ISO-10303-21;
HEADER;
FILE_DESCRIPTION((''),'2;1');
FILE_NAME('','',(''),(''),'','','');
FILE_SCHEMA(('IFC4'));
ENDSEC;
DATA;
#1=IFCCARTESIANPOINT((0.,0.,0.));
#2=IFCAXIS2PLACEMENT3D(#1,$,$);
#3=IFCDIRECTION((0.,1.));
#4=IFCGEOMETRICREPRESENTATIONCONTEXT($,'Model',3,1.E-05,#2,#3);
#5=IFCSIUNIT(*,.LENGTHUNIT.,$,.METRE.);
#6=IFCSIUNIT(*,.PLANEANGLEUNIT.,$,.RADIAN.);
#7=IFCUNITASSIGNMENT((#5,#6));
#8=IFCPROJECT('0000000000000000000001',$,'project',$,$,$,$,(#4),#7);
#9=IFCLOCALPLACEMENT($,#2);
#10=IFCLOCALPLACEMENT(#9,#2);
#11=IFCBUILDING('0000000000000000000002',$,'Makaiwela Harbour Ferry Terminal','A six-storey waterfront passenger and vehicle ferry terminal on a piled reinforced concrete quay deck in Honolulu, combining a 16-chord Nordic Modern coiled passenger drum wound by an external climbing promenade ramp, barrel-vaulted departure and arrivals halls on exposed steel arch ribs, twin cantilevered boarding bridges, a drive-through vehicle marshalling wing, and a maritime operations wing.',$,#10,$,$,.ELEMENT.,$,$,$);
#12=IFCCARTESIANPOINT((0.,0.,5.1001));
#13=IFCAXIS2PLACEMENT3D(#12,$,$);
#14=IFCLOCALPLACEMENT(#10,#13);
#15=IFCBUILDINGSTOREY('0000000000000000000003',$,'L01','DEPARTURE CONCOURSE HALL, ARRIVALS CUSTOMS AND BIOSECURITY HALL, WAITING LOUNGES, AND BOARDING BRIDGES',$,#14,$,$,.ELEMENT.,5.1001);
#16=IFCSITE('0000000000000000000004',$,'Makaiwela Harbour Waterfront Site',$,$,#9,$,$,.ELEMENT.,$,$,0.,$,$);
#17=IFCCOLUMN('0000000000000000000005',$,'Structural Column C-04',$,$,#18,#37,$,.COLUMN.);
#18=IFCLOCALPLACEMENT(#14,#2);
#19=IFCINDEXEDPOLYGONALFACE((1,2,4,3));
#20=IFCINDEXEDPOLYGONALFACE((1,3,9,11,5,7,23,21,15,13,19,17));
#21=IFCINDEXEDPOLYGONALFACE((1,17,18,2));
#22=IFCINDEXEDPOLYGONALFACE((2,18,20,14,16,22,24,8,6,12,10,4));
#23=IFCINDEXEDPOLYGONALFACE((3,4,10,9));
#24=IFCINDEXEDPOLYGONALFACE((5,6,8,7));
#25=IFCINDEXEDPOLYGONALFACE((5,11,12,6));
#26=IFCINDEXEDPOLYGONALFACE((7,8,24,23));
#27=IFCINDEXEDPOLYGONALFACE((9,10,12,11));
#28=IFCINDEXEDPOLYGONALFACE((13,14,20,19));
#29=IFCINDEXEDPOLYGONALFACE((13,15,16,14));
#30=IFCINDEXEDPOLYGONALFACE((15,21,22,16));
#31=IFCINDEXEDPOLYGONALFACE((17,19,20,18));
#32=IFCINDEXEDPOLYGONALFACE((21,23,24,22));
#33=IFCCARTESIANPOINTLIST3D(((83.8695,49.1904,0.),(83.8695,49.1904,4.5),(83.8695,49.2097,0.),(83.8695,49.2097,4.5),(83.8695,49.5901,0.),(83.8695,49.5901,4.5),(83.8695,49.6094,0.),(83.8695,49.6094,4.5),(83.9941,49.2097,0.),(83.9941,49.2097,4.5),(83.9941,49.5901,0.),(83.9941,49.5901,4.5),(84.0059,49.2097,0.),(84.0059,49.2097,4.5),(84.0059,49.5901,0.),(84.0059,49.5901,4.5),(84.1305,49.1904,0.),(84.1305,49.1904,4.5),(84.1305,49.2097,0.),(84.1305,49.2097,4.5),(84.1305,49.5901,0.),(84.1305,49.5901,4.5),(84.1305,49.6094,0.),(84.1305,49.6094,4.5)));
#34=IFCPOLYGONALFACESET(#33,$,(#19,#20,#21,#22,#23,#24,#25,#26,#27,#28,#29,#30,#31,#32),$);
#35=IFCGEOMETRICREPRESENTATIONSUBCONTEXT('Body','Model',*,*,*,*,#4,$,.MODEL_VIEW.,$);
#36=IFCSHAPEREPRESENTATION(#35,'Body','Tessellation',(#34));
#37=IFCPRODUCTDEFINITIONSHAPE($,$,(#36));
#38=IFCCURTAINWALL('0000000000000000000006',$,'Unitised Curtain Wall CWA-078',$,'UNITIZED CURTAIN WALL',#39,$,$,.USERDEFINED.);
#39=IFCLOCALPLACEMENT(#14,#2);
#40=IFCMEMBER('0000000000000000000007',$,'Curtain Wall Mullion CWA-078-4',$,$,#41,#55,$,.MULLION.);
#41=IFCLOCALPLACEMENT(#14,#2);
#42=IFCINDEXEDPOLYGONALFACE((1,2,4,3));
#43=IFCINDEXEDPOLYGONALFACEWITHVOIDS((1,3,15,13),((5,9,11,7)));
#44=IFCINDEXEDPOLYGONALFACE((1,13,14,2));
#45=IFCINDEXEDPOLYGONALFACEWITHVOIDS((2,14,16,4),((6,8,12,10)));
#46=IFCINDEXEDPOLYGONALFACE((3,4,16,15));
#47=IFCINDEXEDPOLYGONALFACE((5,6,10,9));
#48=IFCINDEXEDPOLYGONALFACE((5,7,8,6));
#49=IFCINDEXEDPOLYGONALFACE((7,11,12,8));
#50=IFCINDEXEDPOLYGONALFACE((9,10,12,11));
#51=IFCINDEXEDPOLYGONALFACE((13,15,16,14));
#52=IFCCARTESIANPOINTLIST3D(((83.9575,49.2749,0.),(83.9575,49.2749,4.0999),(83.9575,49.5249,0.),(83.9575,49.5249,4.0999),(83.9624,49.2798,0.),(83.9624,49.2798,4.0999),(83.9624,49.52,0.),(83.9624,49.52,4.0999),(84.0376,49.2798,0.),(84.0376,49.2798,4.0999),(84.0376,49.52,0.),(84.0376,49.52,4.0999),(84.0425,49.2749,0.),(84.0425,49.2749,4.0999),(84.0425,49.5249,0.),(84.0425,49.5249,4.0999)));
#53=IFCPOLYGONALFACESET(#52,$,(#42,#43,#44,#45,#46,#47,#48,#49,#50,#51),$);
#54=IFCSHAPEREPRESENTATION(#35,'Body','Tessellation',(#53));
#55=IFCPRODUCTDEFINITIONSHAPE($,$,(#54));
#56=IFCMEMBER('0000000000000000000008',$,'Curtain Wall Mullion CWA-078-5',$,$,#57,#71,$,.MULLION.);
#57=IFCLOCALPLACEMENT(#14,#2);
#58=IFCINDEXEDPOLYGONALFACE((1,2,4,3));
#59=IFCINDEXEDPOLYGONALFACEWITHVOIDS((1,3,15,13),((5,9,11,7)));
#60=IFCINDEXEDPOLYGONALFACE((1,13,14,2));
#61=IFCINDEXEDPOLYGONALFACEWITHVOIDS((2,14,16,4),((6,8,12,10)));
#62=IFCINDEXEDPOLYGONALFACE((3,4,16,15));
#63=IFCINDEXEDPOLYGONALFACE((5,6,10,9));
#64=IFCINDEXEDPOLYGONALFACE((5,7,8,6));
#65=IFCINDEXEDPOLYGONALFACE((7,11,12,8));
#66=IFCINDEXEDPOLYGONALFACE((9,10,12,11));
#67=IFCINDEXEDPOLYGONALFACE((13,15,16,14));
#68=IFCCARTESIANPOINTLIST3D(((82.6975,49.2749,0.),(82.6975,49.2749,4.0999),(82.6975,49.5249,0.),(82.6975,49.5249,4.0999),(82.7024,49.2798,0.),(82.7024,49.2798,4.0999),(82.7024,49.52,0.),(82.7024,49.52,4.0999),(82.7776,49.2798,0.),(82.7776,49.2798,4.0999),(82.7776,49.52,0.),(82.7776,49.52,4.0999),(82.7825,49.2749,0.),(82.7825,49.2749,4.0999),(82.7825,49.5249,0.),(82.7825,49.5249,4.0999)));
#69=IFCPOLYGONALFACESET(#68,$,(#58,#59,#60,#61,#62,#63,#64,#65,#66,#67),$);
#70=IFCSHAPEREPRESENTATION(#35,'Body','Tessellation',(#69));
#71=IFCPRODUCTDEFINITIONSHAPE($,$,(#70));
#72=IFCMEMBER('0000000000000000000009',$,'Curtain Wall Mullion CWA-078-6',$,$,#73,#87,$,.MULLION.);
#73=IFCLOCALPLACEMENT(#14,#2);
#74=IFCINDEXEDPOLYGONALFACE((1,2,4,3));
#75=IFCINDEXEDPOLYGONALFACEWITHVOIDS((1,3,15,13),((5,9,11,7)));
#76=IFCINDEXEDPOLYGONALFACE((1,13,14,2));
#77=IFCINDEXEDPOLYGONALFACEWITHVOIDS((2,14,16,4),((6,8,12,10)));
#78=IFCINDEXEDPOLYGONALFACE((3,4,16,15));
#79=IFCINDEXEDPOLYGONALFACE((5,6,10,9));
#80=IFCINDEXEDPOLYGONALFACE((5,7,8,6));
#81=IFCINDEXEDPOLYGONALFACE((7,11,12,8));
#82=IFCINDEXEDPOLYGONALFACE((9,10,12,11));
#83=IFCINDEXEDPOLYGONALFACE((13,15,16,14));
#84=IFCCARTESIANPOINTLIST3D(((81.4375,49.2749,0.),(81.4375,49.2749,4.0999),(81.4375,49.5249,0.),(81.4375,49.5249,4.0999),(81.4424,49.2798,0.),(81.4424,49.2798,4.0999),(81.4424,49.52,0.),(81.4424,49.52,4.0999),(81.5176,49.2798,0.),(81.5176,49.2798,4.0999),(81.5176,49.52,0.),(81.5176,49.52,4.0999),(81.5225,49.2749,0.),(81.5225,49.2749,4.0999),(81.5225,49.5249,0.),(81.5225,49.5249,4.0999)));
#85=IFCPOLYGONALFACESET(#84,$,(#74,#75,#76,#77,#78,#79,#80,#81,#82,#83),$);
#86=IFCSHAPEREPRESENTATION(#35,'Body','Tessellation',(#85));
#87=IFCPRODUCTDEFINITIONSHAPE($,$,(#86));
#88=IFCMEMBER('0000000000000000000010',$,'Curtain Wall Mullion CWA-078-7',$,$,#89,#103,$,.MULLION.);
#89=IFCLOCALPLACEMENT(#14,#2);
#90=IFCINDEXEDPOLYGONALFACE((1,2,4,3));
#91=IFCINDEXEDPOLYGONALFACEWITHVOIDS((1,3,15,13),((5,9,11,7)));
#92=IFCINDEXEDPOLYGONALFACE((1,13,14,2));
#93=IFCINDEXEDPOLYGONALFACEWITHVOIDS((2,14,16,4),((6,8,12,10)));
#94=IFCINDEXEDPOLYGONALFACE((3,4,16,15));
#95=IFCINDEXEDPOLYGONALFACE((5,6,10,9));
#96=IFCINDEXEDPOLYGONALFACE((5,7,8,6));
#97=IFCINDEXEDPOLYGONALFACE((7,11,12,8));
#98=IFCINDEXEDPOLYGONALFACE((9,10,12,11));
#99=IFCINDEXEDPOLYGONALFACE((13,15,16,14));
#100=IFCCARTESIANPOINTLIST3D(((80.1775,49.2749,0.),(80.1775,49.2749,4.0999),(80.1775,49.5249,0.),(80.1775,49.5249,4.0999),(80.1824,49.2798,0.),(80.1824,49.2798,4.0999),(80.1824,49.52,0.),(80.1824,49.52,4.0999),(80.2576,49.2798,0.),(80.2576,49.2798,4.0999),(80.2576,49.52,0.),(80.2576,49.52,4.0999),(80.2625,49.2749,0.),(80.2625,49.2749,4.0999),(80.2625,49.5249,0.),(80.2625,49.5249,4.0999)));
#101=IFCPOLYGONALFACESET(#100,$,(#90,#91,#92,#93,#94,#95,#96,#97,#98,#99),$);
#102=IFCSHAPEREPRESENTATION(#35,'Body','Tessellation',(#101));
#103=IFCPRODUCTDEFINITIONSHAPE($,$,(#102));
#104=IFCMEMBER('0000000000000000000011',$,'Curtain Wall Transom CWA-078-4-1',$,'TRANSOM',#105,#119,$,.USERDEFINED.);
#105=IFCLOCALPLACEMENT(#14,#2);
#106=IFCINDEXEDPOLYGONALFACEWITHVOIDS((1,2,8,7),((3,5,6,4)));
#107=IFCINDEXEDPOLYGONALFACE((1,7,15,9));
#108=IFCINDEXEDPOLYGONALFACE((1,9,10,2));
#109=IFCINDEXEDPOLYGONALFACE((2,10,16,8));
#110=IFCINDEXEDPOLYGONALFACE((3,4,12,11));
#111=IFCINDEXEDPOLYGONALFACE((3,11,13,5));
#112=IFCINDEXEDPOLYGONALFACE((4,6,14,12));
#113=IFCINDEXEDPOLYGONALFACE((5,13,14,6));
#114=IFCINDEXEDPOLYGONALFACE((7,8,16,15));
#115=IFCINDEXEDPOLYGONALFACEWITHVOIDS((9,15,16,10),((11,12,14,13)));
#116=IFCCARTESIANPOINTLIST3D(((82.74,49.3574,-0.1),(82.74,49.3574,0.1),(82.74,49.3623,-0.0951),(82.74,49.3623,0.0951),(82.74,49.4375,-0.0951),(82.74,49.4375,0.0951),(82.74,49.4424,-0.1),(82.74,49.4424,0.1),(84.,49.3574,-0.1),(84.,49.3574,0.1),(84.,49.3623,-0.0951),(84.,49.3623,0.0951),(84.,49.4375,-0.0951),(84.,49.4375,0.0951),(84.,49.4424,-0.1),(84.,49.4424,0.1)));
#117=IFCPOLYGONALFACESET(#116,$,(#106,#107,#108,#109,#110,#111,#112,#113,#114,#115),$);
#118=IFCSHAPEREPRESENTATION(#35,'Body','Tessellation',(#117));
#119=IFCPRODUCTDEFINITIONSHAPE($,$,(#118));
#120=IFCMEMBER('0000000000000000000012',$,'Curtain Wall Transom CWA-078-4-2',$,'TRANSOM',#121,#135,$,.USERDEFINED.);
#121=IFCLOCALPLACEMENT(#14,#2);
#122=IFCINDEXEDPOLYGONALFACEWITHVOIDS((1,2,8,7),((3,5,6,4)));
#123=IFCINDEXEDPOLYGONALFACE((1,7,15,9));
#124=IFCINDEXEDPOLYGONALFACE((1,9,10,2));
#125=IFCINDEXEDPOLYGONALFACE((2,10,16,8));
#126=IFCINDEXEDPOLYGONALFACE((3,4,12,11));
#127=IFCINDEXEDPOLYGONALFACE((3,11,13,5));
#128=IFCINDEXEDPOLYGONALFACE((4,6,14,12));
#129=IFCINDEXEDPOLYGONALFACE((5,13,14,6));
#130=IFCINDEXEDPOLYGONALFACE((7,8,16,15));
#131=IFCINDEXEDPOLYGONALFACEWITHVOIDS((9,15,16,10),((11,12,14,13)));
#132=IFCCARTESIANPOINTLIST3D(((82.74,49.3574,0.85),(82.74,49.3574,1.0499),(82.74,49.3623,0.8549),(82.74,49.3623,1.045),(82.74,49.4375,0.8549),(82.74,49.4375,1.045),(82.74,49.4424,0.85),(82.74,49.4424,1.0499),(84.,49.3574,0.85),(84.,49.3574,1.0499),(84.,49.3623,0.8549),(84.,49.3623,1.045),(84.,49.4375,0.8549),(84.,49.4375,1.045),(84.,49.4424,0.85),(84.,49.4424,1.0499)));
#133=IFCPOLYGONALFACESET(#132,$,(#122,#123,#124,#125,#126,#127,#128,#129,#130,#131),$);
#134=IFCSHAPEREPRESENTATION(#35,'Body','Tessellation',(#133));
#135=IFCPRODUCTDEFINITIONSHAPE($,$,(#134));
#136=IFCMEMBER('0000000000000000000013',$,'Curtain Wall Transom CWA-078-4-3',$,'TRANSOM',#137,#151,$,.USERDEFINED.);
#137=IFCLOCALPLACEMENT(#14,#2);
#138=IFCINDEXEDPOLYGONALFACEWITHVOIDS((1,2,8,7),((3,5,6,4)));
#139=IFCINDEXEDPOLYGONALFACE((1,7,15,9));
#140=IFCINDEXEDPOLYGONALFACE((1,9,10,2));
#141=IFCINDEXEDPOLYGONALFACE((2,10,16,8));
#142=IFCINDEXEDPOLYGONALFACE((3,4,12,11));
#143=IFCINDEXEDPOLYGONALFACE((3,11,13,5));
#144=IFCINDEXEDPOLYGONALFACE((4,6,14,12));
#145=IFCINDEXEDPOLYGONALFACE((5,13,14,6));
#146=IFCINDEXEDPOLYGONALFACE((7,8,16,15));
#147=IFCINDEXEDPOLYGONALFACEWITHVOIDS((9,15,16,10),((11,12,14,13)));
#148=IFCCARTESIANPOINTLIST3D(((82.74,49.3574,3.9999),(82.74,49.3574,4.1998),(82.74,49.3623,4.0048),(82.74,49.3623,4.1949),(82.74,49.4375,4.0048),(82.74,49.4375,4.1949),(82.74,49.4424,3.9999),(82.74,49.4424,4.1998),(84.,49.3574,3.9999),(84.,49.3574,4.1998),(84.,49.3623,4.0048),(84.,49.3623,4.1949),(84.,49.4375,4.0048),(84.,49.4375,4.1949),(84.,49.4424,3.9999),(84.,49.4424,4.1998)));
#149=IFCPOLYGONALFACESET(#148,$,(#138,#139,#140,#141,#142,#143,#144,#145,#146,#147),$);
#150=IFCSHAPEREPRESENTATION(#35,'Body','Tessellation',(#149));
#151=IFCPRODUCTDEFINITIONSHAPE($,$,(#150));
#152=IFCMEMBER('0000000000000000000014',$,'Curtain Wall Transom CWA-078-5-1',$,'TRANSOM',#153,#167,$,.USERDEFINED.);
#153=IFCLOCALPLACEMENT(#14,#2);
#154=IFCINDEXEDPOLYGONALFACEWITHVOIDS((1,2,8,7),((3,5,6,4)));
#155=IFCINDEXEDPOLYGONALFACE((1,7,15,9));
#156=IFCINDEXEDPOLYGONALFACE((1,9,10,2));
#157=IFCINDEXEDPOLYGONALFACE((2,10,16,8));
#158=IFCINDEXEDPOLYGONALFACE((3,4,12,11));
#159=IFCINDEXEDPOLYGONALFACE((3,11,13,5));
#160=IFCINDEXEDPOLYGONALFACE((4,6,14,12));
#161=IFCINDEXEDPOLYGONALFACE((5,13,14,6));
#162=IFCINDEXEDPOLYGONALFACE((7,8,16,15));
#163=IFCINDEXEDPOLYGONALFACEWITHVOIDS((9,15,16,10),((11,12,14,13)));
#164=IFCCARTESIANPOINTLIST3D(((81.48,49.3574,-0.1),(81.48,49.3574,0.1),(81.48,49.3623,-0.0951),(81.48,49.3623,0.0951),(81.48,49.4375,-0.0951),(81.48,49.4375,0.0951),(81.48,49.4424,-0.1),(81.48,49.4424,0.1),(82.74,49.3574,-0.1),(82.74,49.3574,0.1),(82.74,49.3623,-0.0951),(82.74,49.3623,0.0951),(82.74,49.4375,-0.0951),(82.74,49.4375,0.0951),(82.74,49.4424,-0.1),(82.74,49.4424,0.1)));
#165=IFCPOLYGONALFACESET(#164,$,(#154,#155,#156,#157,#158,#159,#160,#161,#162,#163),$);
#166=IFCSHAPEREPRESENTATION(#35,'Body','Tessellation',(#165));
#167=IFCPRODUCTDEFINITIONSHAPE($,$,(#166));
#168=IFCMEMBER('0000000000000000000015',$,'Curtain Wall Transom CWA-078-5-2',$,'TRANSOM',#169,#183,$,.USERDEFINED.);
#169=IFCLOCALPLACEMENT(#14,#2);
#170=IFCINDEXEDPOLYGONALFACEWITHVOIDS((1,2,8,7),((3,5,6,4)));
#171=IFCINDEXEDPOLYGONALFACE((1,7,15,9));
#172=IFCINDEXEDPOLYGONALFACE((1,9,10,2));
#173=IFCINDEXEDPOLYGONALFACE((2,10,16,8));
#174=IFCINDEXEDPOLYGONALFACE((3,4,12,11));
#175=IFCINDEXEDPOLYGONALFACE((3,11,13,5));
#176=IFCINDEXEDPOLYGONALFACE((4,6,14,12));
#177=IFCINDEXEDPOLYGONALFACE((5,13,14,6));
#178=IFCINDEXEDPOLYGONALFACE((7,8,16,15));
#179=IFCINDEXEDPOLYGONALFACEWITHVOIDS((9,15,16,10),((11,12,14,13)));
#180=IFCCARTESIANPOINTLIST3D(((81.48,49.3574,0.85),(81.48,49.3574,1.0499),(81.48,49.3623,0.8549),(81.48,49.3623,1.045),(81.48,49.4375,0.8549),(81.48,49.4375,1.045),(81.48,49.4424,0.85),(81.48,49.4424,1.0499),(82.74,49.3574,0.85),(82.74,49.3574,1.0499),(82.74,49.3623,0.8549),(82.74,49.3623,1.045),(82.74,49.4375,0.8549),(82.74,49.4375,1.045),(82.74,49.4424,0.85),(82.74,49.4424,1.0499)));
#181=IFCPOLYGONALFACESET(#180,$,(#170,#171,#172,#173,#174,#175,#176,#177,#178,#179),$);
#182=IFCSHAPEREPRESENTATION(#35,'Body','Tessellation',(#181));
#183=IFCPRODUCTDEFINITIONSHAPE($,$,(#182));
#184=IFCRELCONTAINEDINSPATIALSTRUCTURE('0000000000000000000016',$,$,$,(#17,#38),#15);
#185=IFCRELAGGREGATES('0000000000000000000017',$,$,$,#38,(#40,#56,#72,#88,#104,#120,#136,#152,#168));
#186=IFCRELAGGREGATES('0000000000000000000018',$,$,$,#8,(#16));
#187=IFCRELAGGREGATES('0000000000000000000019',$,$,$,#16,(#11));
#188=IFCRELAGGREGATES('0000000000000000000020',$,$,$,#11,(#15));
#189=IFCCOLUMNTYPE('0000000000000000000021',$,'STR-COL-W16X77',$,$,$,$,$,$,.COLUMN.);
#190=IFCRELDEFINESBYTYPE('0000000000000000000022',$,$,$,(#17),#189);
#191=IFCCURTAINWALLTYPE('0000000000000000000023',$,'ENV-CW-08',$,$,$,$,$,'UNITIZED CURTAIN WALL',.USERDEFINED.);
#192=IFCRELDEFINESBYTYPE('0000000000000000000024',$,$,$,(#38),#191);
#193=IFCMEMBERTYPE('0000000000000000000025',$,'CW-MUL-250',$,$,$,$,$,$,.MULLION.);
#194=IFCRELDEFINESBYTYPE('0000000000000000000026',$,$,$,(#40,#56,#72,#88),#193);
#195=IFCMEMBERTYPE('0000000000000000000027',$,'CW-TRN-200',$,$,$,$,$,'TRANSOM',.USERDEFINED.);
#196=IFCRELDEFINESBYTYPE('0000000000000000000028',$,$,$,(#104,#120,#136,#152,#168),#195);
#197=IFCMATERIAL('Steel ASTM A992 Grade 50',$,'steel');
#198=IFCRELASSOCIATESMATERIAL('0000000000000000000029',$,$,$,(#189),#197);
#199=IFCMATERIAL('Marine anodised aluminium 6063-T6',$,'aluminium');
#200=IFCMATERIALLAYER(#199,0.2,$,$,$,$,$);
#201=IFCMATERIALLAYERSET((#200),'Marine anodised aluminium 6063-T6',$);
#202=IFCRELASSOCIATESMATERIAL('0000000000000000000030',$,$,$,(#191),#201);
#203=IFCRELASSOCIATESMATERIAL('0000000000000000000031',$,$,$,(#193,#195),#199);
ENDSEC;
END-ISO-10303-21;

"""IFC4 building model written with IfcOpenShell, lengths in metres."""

from ifc_helpers import new_model, si_unit, direction, frame, origin, origin_2d, place, context, subcontext, project, spatial, hollow_rectangle, i_section, extrude, material, layer, layer_set, material_profile, profile_set, type_object, element, aggregate, save


model = new_model("IFC4")

# Units and contexts
model_context = context("Model", 3, precision=1e-05, world=origin(), true_north=direction((0.0, 1.0)))
body_context = subcontext(model_context, "Body", "Model", "MODEL_VIEW")
ifc_project = project(units=[si_unit("LENGTHUNIT", "METRE"), si_unit("PLANEANGLEUNIT", "RADIAN")], contexts=[model_context])

# Site, building, storey
site_placement = place(None, origin())
site = spatial("IfcSite", under=ifc_project, at=site_placement, Name="Makaiwela Harbour Waterfront Site", CompositionType="ELEMENT", RefElevation=0.0)
building_placement = place(site_placement, origin())
building = spatial("IfcBuilding", under=site, at=building_placement, Name="Makaiwela Harbour Ferry Terminal", Description="A six-storey waterfront passenger and vehicle ferry terminal on a piled reinforced concrete quay deck in Honolulu, combining a 16-chord Nordic Modern coiled passenger drum wound by an external climbing promenade ramp, barrel-vaulted departure and arrivals halls on exposed steel arch ribs, twin cantilevered boarding bridges, a drive-through vehicle marshalling wing, and a maritime operations wing.", CompositionType="ELEMENT")
storey_placement = place(building_placement, frame((0.0, 0.0, 5.1001)))
storey = spatial("IfcBuildingStorey", under=building, at=storey_placement, Name="L01", Description="DEPARTURE CONCOURSE HALL, ARRIVALS CUSTOMS AND BIOSECURITY HALL, WAITING LOUNGES, AND BOARDING BRIDGES", CompositionType="ELEMENT", Elevation=5.1001)

# Column
ifc_material_1 = material(Name="Steel ASTM A992 Grade 50", Category="steel")
ifc_material_profile_1 = material_profile(ifc_material_1, i_section(OverallWidth=0.261, OverallDepth=0.4189, WebThickness=0.0117, FlangeThickness=0.0193, at=origin_2d()), Name="W16X77")
ifc_profile_set_1 = profile_set([ifc_material_profile_1], Name="Steel ASTM A992 Grade 50")
column_type = type_object("IfcColumnType", Name="STR-COL-W16X77", PredefinedType="COLUMN", material=ifc_profile_set_1)
column_placement = place(storey_placement, frame((84.0, 49.3999, 0.0), z_axis=(0.0, 0.0, 1.0), x_axis=(1.0, 0.0, 0.0)))
element("IfcColumn", 1, at=column_placement, inside=storey, type_object=column_type, Name="Structural Column C-04", PredefinedType="COLUMN", context=body_context, shape_type="SweptSolid", body=[
    extrude(i_section(OverallWidth=0.261, OverallDepth=0.4189, WebThickness=0.0117, FlangeThickness=0.0193, at=origin_2d()), origin(), (0.0, 0.0, 1.0), 4.5),
])

# Curtain wall, members
ifc_material_2 = material(Name="Marine anodised aluminium 6063-T6", Category="aluminium")
ifc_layer_1 = layer(ifc_material_2, 0.2)
ifc_layer_set_1 = layer_set([ifc_layer_1], Name="Marine anodised aluminium 6063-T6")
curtain_wall_type = type_object("IfcCurtainWallType", Name="ENV-CW-08", ElementType="UNITIZED CURTAIN WALL", PredefinedType="USERDEFINED", material=ifc_layer_set_1)
curtain_wall_placement = place(storey_placement, origin())
curtain_wall = element("IfcCurtainWall", 2, at=curtain_wall_placement, inside=storey, type_object=curtain_wall_type, Name="Unitised Curtain Wall CWA-078", ObjectType="UNITIZED CURTAIN WALL", PredefinedType="USERDEFINED")
ifc_material_profile_2 = material_profile(ifc_material_2, hollow_rectangle(XDim=0.085, YDim=0.25, WallThickness=0.0049, at=origin_2d()), Name="CWM-250X85")
ifc_profile_set_2 = profile_set([ifc_material_profile_2], Name="Marine anodised aluminium 6063-T6")
member_type_1 = type_object("IfcMemberType", Name="CW-MUL-250", PredefinedType="MULLION", material=ifc_profile_set_2)
member_1_placement = place(storey_placement, frame((84.0, 49.3999, 0.0), z_axis=(0.0, 0.0, 1.0), x_axis=(1.0, 0.0, 0.0)))
member_1 = element("IfcMember", 3, at=member_1_placement, type_object=member_type_1, Name="Curtain Wall Mullion CWA-078-4", PredefinedType="MULLION", context=body_context, shape_type="SweptSolid", body=[
    extrude(hollow_rectangle(XDim=0.085, YDim=0.25, WallThickness=0.0049, at=origin_2d()), origin(), (0.0, 0.0, 1.0), 4.0999),
])
member_2_placement = place(storey_placement, frame((82.74, 49.3999, 0.0), z_axis=(0.0, 0.0, 1.0), x_axis=(1.0, 0.0, 0.0)))
member_2 = element("IfcMember", 4, at=member_2_placement, type_object=member_type_1, Name="Curtain Wall Mullion CWA-078-5", PredefinedType="MULLION", context=body_context, shape_type="SweptSolid", body=[
    extrude(hollow_rectangle(XDim=0.085, YDim=0.25, WallThickness=0.0049, at=origin_2d()), origin(), (0.0, 0.0, 1.0), 4.0999),
])
member_3_placement = place(storey_placement, frame((81.48, 49.3999, 0.0), z_axis=(0.0, 0.0, 1.0), x_axis=(1.0, 0.0, 0.0)))
member_3 = element("IfcMember", 5, at=member_3_placement, type_object=member_type_1, Name="Curtain Wall Mullion CWA-078-6", PredefinedType="MULLION", context=body_context, shape_type="SweptSolid", body=[
    extrude(hollow_rectangle(XDim=0.085, YDim=0.25, WallThickness=0.0049, at=origin_2d()), origin(), (0.0, 0.0, 1.0), 4.0999),
])
member_4_placement = place(storey_placement, frame((80.22, 49.3999, 0.0), z_axis=(0.0, 0.0, 1.0), x_axis=(1.0, 0.0, 0.0)))
member_4 = element("IfcMember", 6, at=member_4_placement, type_object=member_type_1, Name="Curtain Wall Mullion CWA-078-7", PredefinedType="MULLION", context=body_context, shape_type="SweptSolid", body=[
    extrude(hollow_rectangle(XDim=0.085, YDim=0.25, WallThickness=0.0049, at=origin_2d()), origin(), (0.0, 0.0, 1.0), 4.0999),
])
ifc_material_profile_3 = material_profile(ifc_material_2, hollow_rectangle(XDim=0.085, YDim=0.2, WallThickness=0.0049, at=origin_2d()), Name="CWT-200X85")
ifc_profile_set_3 = profile_set([ifc_material_profile_3], Name="Marine anodised aluminium 6063-T6")
member_type_2 = type_object("IfcMemberType", Name="CW-TRN-200", ElementType="TRANSOM", PredefinedType="USERDEFINED", material=ifc_profile_set_3)
member_5_placement = place(storey_placement, frame((84.0, 49.3999, 0.0), z_axis=(-1.0, 0.0, 0.0), x_axis=(0.0, -1.0, 0.0)))
member_5 = element("IfcMember", 7, at=member_5_placement, type_object=member_type_2, Name="Curtain Wall Transom CWA-078-4-1", ObjectType="TRANSOM", PredefinedType="USERDEFINED", context=body_context, shape_type="SweptSolid", body=[
    extrude(hollow_rectangle(XDim=0.085, YDim=0.2, WallThickness=0.0049, at=origin_2d()), origin(), (0.0, 0.0, 1.0), 1.26),
])
member_6_placement = place(storey_placement, frame((84.0, 49.3999, 0.95), z_axis=(-1.0, 0.0, 0.0), x_axis=(0.0, -1.0, 0.0)))
member_6 = element("IfcMember", 8, at=member_6_placement, type_object=member_type_2, Name="Curtain Wall Transom CWA-078-4-2", ObjectType="TRANSOM", PredefinedType="USERDEFINED", context=body_context, shape_type="SweptSolid", body=[
    extrude(hollow_rectangle(XDim=0.085, YDim=0.2, WallThickness=0.0049, at=origin_2d()), origin(), (0.0, 0.0, 1.0), 1.26),
])
member_7_placement = place(storey_placement, frame((84.0, 49.3999, 4.0999), z_axis=(-1.0, 0.0, 0.0), x_axis=(0.0, -1.0, 0.0)))
member_7 = element("IfcMember", 9, at=member_7_placement, type_object=member_type_2, Name="Curtain Wall Transom CWA-078-4-3", ObjectType="TRANSOM", PredefinedType="USERDEFINED", context=body_context, shape_type="SweptSolid", body=[
    extrude(hollow_rectangle(XDim=0.085, YDim=0.2, WallThickness=0.0049, at=origin_2d()), origin(), (0.0, 0.0, 1.0), 1.26),
])
member_8_placement = place(storey_placement, frame((82.74, 49.3999, 0.0), z_axis=(-1.0, 0.0, 0.0), x_axis=(0.0, -1.0, 0.0)))
member_8 = element("IfcMember", 10, at=member_8_placement, type_object=member_type_2, Name="Curtain Wall Transom CWA-078-5-1", ObjectType="TRANSOM", PredefinedType="USERDEFINED", context=body_context, shape_type="SweptSolid", body=[
    extrude(hollow_rectangle(XDim=0.085, YDim=0.2, WallThickness=0.0049, at=origin_2d()), origin(), (0.0, 0.0, 1.0), 1.26),
])
member_9_placement = place(storey_placement, frame((82.74, 49.3999, 0.95), z_axis=(-1.0, 0.0, 0.0), x_axis=(0.0, -1.0, 0.0)))
member_9 = element("IfcMember", 11, at=member_9_placement, type_object=member_type_2, Name="Curtain Wall Transom CWA-078-5-2", ObjectType="TRANSOM", PredefinedType="USERDEFINED", context=body_context, shape_type="SweptSolid", body=[
    extrude(hollow_rectangle(XDim=0.085, YDim=0.2, WallThickness=0.0049, at=origin_2d()), origin(), (0.0, 0.0, 1.0), 1.26),
])

aggregate(curtain_wall, [member_1, member_2, member_3, member_4, member_5, member_6, member_7, member_8, member_9])

save(model, "model.ifc")
